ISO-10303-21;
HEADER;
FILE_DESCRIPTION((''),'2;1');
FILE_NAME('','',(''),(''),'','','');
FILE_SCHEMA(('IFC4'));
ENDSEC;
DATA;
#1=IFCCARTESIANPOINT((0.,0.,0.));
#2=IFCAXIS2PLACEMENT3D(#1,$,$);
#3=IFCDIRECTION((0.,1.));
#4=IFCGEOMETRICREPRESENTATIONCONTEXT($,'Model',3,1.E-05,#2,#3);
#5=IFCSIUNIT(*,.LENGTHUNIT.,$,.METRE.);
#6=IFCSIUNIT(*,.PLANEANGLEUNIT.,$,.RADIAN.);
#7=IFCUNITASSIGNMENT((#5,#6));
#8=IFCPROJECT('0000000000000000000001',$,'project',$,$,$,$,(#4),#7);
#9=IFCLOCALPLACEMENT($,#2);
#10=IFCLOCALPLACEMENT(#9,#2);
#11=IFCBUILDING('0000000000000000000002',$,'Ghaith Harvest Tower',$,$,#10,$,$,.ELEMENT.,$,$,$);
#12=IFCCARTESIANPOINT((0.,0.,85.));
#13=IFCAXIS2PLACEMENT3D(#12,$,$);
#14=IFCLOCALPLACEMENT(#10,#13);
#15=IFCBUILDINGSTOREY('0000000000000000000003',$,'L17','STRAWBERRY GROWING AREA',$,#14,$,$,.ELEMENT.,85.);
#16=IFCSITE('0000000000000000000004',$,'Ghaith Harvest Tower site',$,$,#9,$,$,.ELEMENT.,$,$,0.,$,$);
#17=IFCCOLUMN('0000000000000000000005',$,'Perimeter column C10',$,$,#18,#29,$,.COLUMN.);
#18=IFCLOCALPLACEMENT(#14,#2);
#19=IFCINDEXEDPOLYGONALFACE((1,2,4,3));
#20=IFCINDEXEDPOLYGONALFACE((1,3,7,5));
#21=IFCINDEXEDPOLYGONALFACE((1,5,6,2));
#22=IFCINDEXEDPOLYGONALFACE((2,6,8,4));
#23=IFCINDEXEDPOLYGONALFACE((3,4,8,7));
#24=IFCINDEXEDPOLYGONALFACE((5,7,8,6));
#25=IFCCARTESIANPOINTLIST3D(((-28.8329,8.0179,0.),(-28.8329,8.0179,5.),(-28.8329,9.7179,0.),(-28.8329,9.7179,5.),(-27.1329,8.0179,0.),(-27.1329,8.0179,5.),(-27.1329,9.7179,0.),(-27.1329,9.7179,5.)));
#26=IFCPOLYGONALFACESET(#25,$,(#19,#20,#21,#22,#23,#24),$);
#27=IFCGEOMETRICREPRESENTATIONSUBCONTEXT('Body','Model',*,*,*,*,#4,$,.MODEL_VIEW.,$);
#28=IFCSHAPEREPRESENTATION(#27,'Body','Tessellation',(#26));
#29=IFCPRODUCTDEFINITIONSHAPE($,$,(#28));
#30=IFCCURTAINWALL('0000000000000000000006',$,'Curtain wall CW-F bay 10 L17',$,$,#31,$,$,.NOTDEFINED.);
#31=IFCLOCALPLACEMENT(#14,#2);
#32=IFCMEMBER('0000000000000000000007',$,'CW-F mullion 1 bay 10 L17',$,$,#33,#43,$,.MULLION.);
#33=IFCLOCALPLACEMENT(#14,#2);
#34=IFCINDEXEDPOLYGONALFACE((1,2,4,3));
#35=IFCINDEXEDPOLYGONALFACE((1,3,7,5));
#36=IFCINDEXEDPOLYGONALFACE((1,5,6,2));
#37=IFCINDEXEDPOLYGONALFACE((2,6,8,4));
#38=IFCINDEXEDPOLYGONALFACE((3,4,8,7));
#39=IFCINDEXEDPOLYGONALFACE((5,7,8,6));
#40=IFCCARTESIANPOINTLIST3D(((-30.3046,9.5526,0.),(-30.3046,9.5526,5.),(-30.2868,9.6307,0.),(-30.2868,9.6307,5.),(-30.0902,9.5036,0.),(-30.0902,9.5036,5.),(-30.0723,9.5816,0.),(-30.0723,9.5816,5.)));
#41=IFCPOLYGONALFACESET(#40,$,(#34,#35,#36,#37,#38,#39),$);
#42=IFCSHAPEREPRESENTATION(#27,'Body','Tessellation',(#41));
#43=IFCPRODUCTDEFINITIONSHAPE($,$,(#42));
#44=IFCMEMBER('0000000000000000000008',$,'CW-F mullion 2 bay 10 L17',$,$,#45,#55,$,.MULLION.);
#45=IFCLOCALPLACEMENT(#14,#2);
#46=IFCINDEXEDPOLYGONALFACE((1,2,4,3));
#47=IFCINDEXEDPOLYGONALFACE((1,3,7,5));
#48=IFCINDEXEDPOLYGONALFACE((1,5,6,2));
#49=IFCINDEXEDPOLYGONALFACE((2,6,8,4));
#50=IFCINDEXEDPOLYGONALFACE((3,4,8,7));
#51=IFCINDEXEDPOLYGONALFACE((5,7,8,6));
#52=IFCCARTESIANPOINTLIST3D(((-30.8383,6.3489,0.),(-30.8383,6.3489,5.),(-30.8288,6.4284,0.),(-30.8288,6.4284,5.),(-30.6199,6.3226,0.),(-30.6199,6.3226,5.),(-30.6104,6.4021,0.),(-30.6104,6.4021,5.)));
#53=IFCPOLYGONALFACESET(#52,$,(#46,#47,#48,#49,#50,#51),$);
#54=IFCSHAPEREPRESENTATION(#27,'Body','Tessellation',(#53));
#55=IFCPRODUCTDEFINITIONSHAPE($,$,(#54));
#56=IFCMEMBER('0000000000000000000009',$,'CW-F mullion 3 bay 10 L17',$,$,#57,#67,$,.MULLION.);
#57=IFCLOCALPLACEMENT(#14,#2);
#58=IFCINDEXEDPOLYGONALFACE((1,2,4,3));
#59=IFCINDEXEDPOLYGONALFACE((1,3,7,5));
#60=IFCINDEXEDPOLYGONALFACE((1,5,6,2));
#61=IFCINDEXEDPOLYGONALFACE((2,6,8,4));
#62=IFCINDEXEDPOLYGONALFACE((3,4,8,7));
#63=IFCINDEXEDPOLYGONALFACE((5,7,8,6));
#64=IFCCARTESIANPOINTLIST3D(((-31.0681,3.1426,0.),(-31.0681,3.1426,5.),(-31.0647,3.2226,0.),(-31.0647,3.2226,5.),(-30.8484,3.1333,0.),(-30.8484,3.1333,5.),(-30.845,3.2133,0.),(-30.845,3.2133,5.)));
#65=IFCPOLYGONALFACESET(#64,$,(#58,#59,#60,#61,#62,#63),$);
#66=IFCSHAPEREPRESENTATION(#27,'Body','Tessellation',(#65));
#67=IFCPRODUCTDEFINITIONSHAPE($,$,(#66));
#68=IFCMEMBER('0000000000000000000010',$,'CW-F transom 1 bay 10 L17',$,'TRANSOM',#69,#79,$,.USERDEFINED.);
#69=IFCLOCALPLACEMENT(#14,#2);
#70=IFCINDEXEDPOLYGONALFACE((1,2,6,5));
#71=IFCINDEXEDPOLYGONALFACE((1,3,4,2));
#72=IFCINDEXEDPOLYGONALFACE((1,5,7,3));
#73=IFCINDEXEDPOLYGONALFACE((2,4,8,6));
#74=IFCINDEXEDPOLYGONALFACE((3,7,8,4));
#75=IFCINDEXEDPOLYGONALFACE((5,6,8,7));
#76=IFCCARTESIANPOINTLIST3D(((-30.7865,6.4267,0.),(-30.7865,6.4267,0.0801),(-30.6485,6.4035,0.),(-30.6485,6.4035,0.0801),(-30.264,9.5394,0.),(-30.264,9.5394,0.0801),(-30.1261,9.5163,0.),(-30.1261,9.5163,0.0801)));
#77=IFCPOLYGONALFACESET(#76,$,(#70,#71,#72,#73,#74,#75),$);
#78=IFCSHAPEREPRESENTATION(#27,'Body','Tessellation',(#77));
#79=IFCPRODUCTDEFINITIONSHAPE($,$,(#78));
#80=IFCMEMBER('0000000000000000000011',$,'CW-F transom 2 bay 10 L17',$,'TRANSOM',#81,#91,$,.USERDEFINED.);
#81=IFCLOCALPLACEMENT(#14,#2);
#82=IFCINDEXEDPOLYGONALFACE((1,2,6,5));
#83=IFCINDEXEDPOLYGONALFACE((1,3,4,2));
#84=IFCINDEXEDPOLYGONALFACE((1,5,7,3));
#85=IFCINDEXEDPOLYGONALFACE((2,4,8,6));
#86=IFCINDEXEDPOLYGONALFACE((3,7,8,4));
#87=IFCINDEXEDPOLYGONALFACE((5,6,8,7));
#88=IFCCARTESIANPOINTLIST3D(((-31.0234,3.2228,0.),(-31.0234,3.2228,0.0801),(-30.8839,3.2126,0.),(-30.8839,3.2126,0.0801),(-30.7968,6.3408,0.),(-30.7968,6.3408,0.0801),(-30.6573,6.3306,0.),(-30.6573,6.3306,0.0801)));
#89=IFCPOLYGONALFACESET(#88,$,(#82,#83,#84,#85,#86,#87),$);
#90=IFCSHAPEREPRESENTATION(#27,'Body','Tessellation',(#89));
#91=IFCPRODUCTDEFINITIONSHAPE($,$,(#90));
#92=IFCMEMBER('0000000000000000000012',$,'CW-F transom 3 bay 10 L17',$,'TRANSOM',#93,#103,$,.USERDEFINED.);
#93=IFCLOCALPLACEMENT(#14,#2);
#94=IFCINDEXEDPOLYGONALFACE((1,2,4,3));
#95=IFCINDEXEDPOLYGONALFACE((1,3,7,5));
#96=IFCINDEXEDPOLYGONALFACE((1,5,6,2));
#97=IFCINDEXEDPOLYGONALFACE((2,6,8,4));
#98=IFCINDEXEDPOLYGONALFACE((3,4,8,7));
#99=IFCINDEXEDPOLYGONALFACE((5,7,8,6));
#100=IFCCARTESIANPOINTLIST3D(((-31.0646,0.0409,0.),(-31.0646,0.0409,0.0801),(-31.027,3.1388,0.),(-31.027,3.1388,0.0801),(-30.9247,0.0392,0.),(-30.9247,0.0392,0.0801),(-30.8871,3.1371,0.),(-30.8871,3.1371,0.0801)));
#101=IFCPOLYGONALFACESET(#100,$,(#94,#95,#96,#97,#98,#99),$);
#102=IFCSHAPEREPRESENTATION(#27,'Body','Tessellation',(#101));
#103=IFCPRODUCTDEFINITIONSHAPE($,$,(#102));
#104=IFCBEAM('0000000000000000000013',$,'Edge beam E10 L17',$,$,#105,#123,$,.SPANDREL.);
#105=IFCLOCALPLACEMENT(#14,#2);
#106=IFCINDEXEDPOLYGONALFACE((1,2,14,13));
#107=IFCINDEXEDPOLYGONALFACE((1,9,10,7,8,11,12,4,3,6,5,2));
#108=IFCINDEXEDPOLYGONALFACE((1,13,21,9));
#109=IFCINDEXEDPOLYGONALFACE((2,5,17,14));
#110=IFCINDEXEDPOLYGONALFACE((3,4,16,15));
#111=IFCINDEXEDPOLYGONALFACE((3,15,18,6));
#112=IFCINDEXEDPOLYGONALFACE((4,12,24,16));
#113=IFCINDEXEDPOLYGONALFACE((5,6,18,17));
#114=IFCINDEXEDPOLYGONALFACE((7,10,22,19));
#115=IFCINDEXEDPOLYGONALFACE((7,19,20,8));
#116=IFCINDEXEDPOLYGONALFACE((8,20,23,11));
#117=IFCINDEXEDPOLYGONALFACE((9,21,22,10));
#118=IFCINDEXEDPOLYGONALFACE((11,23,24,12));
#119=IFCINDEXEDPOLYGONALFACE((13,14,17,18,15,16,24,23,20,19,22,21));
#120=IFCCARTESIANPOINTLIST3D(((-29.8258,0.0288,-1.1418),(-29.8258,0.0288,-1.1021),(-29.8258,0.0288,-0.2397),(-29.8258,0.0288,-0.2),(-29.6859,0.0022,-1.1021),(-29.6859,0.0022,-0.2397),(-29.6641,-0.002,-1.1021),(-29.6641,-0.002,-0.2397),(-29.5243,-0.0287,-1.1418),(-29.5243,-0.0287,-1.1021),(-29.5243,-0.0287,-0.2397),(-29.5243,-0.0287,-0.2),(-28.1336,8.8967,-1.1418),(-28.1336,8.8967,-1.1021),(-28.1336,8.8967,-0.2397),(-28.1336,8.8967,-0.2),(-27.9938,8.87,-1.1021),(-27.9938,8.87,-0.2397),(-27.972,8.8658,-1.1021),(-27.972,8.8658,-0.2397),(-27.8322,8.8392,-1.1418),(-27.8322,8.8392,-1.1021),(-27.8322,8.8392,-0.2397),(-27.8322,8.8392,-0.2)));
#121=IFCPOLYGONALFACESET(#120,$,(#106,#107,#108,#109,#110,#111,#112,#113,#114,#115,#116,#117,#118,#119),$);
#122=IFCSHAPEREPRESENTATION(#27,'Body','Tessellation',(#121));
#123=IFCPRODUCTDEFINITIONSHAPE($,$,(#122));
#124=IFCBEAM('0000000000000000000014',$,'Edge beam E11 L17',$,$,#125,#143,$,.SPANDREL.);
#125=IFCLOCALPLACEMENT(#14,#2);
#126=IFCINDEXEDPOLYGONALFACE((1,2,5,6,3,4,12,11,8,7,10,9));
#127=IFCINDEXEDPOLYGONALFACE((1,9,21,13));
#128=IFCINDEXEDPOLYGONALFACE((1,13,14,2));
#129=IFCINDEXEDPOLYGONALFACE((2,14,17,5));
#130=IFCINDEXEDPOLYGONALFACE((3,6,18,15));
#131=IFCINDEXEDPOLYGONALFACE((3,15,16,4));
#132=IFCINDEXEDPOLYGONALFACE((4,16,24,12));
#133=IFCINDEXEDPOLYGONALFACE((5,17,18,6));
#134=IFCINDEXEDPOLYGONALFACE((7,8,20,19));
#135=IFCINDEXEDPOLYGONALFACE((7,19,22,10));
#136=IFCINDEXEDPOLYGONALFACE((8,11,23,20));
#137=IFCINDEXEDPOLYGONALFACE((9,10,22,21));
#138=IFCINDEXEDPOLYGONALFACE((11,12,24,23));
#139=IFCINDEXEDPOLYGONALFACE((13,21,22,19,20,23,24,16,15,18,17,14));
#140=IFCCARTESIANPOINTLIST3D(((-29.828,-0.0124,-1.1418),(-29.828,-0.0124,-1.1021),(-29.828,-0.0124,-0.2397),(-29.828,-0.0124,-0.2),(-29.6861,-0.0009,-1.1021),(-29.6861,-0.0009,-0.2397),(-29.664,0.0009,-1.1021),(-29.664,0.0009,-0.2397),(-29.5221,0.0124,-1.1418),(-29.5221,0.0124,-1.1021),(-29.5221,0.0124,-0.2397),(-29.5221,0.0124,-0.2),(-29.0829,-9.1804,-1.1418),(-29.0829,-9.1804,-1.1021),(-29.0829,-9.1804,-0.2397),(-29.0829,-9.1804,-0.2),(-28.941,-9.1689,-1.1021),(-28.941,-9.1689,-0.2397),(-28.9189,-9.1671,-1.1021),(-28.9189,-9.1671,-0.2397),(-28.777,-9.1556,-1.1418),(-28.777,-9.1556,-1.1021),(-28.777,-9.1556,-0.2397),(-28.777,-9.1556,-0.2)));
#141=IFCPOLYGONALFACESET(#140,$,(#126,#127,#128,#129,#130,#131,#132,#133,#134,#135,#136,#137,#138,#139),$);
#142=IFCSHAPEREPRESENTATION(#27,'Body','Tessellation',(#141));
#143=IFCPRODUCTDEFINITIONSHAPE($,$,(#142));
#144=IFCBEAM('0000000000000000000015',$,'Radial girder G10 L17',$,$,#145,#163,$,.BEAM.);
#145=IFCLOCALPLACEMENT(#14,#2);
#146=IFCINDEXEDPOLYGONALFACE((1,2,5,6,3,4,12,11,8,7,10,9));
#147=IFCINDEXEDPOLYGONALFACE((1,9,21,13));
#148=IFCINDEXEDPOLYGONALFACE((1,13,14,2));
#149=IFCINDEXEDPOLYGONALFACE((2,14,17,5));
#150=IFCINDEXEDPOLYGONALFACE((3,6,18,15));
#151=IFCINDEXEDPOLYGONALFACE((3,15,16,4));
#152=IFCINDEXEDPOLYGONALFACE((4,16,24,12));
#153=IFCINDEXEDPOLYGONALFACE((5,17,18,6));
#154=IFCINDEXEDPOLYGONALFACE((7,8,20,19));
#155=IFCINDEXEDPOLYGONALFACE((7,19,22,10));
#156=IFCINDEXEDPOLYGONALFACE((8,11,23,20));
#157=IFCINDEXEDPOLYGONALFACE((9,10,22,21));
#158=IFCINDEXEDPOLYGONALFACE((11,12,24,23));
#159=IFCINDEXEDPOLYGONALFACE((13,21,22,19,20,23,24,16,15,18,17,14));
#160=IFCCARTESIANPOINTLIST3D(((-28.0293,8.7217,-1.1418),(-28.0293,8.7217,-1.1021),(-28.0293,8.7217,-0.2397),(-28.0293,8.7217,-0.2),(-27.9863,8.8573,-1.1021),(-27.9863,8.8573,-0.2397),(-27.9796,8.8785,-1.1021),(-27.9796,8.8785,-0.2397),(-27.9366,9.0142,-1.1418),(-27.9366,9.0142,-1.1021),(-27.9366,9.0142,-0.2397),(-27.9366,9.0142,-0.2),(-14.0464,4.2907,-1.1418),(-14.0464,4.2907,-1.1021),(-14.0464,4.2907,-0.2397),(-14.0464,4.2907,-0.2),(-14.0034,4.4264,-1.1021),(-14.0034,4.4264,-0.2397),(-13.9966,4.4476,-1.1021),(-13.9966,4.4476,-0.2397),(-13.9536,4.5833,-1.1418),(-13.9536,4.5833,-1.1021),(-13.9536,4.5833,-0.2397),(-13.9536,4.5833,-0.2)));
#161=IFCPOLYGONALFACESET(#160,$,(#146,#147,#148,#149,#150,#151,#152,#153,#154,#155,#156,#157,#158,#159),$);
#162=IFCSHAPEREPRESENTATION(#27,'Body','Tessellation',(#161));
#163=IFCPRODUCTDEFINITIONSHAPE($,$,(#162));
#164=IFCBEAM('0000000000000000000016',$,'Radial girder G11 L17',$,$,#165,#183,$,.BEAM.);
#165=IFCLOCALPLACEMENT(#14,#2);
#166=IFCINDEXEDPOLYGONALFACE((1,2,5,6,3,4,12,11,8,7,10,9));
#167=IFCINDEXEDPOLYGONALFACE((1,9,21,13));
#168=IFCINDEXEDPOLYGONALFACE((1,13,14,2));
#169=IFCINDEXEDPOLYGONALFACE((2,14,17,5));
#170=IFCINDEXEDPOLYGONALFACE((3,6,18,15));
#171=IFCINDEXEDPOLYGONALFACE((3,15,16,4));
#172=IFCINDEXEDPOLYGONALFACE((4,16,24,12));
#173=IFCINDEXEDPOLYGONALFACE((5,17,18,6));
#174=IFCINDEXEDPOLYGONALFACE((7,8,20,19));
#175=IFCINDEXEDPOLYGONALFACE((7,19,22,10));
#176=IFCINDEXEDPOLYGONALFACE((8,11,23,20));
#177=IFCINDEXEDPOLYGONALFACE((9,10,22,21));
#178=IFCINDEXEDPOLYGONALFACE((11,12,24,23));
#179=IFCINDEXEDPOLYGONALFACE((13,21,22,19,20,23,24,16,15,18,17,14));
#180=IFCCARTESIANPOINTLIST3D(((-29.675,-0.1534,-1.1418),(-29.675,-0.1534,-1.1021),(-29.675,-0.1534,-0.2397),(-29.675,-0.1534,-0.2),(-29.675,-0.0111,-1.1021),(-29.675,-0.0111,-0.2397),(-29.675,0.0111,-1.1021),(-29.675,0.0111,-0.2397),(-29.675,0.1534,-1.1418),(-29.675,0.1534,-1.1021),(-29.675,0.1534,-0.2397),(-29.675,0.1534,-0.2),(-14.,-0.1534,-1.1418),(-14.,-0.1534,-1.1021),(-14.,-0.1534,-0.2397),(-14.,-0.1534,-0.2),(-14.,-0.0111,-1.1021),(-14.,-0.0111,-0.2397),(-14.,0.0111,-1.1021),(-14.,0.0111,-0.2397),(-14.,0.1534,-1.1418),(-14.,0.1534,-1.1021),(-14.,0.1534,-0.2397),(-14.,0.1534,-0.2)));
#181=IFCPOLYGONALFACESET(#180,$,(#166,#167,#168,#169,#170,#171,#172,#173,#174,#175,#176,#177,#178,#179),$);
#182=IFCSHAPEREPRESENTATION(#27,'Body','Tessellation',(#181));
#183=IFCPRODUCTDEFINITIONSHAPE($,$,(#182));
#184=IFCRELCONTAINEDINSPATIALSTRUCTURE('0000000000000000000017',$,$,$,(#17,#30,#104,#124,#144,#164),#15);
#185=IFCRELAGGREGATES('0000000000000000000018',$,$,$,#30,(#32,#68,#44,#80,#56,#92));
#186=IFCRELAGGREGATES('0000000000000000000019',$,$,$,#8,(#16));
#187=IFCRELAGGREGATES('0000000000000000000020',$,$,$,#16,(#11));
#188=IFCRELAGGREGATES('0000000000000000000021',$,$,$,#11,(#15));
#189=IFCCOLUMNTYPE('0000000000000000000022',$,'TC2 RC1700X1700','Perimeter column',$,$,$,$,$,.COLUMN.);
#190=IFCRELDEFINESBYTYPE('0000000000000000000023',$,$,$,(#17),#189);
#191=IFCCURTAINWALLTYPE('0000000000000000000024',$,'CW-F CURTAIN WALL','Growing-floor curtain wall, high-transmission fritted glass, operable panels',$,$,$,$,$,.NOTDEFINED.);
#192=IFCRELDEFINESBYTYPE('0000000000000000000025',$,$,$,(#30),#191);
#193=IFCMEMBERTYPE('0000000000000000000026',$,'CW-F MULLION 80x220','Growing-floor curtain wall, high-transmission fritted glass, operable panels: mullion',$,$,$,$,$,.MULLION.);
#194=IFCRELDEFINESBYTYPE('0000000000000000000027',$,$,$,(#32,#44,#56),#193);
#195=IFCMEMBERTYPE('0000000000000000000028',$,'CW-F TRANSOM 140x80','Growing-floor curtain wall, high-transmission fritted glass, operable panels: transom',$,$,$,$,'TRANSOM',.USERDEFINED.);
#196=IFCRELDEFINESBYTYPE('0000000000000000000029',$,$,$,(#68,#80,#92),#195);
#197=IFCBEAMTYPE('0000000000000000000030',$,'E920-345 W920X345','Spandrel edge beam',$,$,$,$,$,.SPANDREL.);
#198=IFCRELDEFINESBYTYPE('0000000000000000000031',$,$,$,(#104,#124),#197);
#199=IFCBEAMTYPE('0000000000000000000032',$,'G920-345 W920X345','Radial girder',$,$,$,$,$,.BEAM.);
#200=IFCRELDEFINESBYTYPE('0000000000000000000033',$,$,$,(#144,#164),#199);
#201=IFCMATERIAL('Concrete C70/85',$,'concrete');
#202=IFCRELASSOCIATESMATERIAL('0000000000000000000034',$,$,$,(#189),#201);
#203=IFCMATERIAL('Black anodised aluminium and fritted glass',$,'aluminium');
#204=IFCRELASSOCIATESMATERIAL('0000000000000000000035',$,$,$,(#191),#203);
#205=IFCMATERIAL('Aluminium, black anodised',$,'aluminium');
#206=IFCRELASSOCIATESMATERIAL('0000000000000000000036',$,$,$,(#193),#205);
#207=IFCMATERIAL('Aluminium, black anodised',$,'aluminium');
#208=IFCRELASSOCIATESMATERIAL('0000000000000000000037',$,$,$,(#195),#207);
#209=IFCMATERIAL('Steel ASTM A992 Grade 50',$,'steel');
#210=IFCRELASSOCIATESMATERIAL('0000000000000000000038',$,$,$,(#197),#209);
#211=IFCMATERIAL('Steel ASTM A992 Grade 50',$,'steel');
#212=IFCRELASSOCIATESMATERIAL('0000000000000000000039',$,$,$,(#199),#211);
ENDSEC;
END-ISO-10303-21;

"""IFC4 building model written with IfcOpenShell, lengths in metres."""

from ifc_helpers import new_model, si_unit, direction, frame, origin, origin_2d, place, context, subcontext, project, spatial, rectangle, i_section, extrude, material, material_profile, profile_set, type_object, element, aggregate, save


model = new_model("IFC4")

# Units and contexts
model_context = context("Model", 3, precision=1e-05, world=origin(), true_north=direction((0.0, 1.0)))
body_context = subcontext(model_context, "Body", "Model", "MODEL_VIEW")
ifc_project = project(units=[si_unit("LENGTHUNIT", "METRE"), si_unit("PLANEANGLEUNIT", "RADIAN")], contexts=[model_context])

# Site, building, storey
site_placement = place(None, origin())
site = spatial("IfcSite", under=ifc_project, at=site_placement, Name="Ghaith Harvest Tower site", CompositionType="ELEMENT", RefElevation=0.0)
building_placement = place(site_placement, origin())
building = spatial("IfcBuilding", under=site, at=building_placement, Name="Ghaith Harvest Tower", CompositionType="ELEMENT")
storey_placement = place(building_placement, frame((0.0, 0.0, 85.0)))
storey = spatial("IfcBuildingStorey", under=building, at=storey_placement, Name="L17", Description="STRAWBERRY GROWING AREA", CompositionType="ELEMENT", Elevation=85.0)

# Column
ifc_material_1 = material(Name="Concrete C70/85", Category="concrete")
ifc_material_profile_1 = material_profile(ifc_material_1, rectangle(XDim=1.7, YDim=1.7, at=origin_2d()), Name="RC1700X1700")
ifc_profile_set_1 = profile_set([ifc_material_profile_1], Name="Concrete C70/85")
column_type = type_object("IfcColumnType", Name="TC2 RC1700X1700", Description="Perimeter column", PredefinedType="COLUMN", material=ifc_profile_set_1)
column_placement = place(storey_placement, frame((-27.9829, 8.8679, 0.0), z_axis=(0.0, 0.0, 1.0), x_axis=(1.0, 0.0, 0.0)))
element("IfcColumn", 1, at=column_placement, inside=storey, type_object=column_type, Name="Perimeter column C10", PredefinedType="COLUMN", context=body_context, shape_type="SweptSolid", body=[
    extrude(rectangle(XDim=1.7, YDim=1.7, at=origin_2d()), origin(), (0.0, 0.0, 1.0), 5.0),
])

# Curtain wall, members
ifc_material_2 = material(Name="Black anodised aluminium and fritted glass", Category="aluminium")
curtain_wall_type = type_object("IfcCurtainWallType", Name="CW-F CURTAIN WALL", Description="Growing-floor curtain wall, high-transmission fritted glass, operable panels", PredefinedType="NOTDEFINED", material=ifc_material_2)
curtain_wall_1_placement = place(storey_placement, origin())
curtain_wall_1 = element("IfcCurtainWall", 2, at=curtain_wall_1_placement, inside=storey, type_object=curtain_wall_type, Name="Curtain wall CW-F bay 10 L17", PredefinedType="NOTDEFINED")
ifc_material_3 = material(Name="Aluminium, black anodised", Category="aluminium")
ifc_material_profile_2 = material_profile(ifc_material_3, rectangle(XDim=0.0801, YDim=0.22, at=origin_2d()), Name="CW-F MULLION 80x220")
ifc_profile_set_2 = profile_set([ifc_material_profile_2], Name="Aluminium, black anodised")
member_type_1 = type_object("IfcMemberType", Name="CW-F MULLION 80x220", Description="Growing-floor curtain wall, high-transmission fritted glass, operable panels: mullion", PredefinedType="MULLION", material=ifc_profile_set_2)
member_1_placement = place(storey_placement, frame((-30.1885, 9.5671, 0.0), z_axis=(0.0, 0.0, 1.0), x_axis=(-0.222967, -0.974826, 0.0)))
member_1 = element("IfcMember", 3, at=member_1_placement, type_object=member_type_1, Name="CW-F mullion 1 bay 10 L17", PredefinedType="MULLION", context=body_context, shape_type="SweptSolid", body=[
    extrude(rectangle(XDim=0.0801, YDim=0.22, at=origin_2d()), origin(), (0.0, 0.0, 1.0), 5.0),
])
member_2_placement = place(storey_placement, frame((-30.7244, 6.3755, 0.0), z_axis=(0.0, 0.0, 1.0), x_axis=(-0.119353, -0.992852, 0.0)))
member_2 = element("IfcMember", 4, at=member_2_placement, type_object=member_type_1, Name="CW-F mullion 2 bay 10 L17", PredefinedType="MULLION", context=body_context, shape_type="SweptSolid", body=[
    extrude(rectangle(XDim=0.0801, YDim=0.22, at=origin_2d()), origin(), (0.0, 0.0, 1.0), 5.0),
])
member_3_placement = place(storey_placement, frame((-30.9565, 3.178, 0.0), z_axis=(0.0, 0.0, 1.0), x_axis=(-0.042427, -0.9991, 0.0)))
member_3 = element("IfcMember", 5, at=member_3_placement, type_object=member_type_1, Name="CW-F mullion 3 bay 10 L17", PredefinedType="MULLION", context=body_context, shape_type="SweptSolid", body=[
    extrude(rectangle(XDim=0.0801, YDim=0.22, at=origin_2d()), origin(), (0.0, 0.0, 1.0), 5.0),
])
ifc_material_4 = material(Name="Aluminium, black anodised", Category="aluminium")
ifc_material_profile_3 = material_profile(ifc_material_4, rectangle(XDim=0.1399, YDim=0.0801, at=origin_2d()), Name="CW-F TRANSOM 140x80")
ifc_profile_set_3 = profile_set([ifc_material_profile_3], Name="Aluminium, black anodised")
member_type_2 = type_object("IfcMemberType", Name="CW-F TRANSOM 140x80", Description="Growing-floor curtain wall, high-transmission fritted glass, operable panels: transom", ElementType="TRANSOM", PredefinedType="USERDEFINED", material=ifc_profile_set_3)
member_4_placement = place(storey_placement, frame((-30.1951, 9.5278, 0.04), z_axis=(-0.165528, -0.986205, 0.0), x_axis=(0.986205, -0.165528, 0.0)))
member_4 = element("IfcMember", 6, at=member_4_placement, type_object=member_type_2, Name="CW-F transom 1 bay 10 L17", ObjectType="TRANSOM", PredefinedType="USERDEFINED", context=body_context, shape_type="SweptSolid", body=[
    extrude(rectangle(XDim=0.1399, YDim=0.0801, at=origin_2d()), origin(), (0.0, 0.0, 1.0), 3.1562),
])
member_5_placement = place(storey_placement, frame((-30.7271, 6.3357, 0.04), z_axis=(-0.072474, -0.99737, 0.0), x_axis=(0.99737, -0.072474, 0.0)))
member_5 = element("IfcMember", 7, at=member_5_placement, type_object=member_type_2, Name="CW-F transom 2 bay 10 L17", ObjectType="TRANSOM", PredefinedType="USERDEFINED", context=body_context, shape_type="SweptSolid", body=[
    extrude(rectangle(XDim=0.1399, YDim=0.0801, at=origin_2d()), origin(), (0.0, 0.0, 1.0), 3.1262),
])
member_6_placement = place(storey_placement, frame((-30.957, 3.1379, 0.04), z_axis=(-0.012136, -0.999926, 0.0), x_axis=(0.999926, -0.012136, 0.0)))
member_6 = element("IfcMember", 8, at=member_6_placement, type_object=member_type_2, Name="CW-F transom 3 bay 10 L17", ObjectType="TRANSOM", PredefinedType="USERDEFINED", context=body_context, shape_type="SweptSolid", body=[
    extrude(rectangle(XDim=0.1399, YDim=0.0801, at=origin_2d()), origin(), (0.0, 0.0, 1.0), 3.0981),
])

# Beams
ifc_material_5 = material(Name="Steel ASTM A992 Grade 50", Category="steel")
ifc_material_profile_4 = material_profile(ifc_material_5, i_section(OverallWidth=0.3069, OverallDepth=0.9419, WebThickness=0.0222, FlangeThickness=0.0398, at=origin_2d()), Name="W920X345")
ifc_profile_set_4 = profile_set([ifc_material_profile_4], Name="Steel ASTM A992 Grade 50")
beam_type_1 = type_object("IfcBeamType", Name="E920-345 W920X345", Description="Spandrel edge beam", PredefinedType="SPANDREL", material=ifc_profile_set_4)
beam_1_placement = place(storey_placement, frame((-27.9829, 8.8679, -0.6709), z_axis=(-0.187434, -0.982277, 0.0), x_axis=(0.982277, -0.187434, 0.0)))
element("IfcBeam", 9, at=beam_1_placement, inside=storey, type_object=beam_type_1, Name="Edge beam E10 L17", PredefinedType="SPANDREL", context=body_context, shape_type="SweptSolid", body=[
    extrude(i_section(OverallWidth=0.3069, OverallDepth=0.9419, WebThickness=0.0222, FlangeThickness=0.0398, at=origin_2d()), origin(), (0.0, 0.0, 1.0), 9.0278),
])
beam_2_placement = place(storey_placement, frame((-29.675, 0.0, -0.6709), z_axis=(0.081007, -0.996714, 0.0), x_axis=(0.996714, 0.081007, 0.0)))
element("IfcBeam", 10, at=beam_2_placement, inside=storey, type_object=beam_type_1, Name="Edge beam E11 L17", PredefinedType="SPANDREL", context=body_context, shape_type="SweptSolid", body=[
    extrude(i_section(OverallWidth=0.3069, OverallDepth=0.9419, WebThickness=0.0222, FlangeThickness=0.0398, at=origin_2d()), origin(), (0.0, 0.0, 1.0), 9.1982),
])
ifc_material_6 = material(Name="Steel ASTM A992 Grade 50", Category="steel")
ifc_material_profile_5 = material_profile(ifc_material_6, i_section(OverallWidth=0.3069, OverallDepth=0.9419, WebThickness=0.0222, FlangeThickness=0.0398, at=origin_2d()), Name="W920X345")
ifc_profile_set_5 = profile_set([ifc_material_profile_5], Name="Steel ASTM A992 Grade 50")
beam_type_2 = type_object("IfcBeamType", Name="G920-345 W920X345", Description="Radial girder", PredefinedType="BEAM", material=ifc_profile_set_5)
beam_3_placement = place(storey_placement, frame((-14.0, 4.437, -0.6709), z_axis=(-0.953284, 0.302077, 0.0), x_axis=(-0.302077, -0.953284, 0.0)))
element("IfcBeam", 11, at=beam_3_placement, inside=storey, type_object=beam_type_2, Name="Radial girder G10 L17", PredefinedType="BEAM", context=body_context, shape_type="SweptSolid", body=[
    extrude(i_section(OverallWidth=0.3069, OverallDepth=0.9419, WebThickness=0.0222, FlangeThickness=0.0398, at=origin_2d()), origin(), (0.0, 0.0, 1.0), 14.6682),
])
beam_4_placement = place(storey_placement, frame((-14.0, 0.0, -0.6709), z_axis=(-1.0, 0.0, 0.0), x_axis=(0.0, -1.0, 0.0)))
element("IfcBeam", 12, at=beam_4_placement, inside=storey, type_object=beam_type_2, Name="Radial girder G11 L17", PredefinedType="BEAM", context=body_context, shape_type="SweptSolid", body=[
    extrude(i_section(OverallWidth=0.3069, OverallDepth=0.9419, WebThickness=0.0222, FlangeThickness=0.0398, at=origin_2d()), origin(), (0.0, 0.0, 1.0), 15.675),
])

aggregate(curtain_wall_1, [member_1, member_4, member_2, member_5, member_3, member_6])

save(model, "model.ifc")
